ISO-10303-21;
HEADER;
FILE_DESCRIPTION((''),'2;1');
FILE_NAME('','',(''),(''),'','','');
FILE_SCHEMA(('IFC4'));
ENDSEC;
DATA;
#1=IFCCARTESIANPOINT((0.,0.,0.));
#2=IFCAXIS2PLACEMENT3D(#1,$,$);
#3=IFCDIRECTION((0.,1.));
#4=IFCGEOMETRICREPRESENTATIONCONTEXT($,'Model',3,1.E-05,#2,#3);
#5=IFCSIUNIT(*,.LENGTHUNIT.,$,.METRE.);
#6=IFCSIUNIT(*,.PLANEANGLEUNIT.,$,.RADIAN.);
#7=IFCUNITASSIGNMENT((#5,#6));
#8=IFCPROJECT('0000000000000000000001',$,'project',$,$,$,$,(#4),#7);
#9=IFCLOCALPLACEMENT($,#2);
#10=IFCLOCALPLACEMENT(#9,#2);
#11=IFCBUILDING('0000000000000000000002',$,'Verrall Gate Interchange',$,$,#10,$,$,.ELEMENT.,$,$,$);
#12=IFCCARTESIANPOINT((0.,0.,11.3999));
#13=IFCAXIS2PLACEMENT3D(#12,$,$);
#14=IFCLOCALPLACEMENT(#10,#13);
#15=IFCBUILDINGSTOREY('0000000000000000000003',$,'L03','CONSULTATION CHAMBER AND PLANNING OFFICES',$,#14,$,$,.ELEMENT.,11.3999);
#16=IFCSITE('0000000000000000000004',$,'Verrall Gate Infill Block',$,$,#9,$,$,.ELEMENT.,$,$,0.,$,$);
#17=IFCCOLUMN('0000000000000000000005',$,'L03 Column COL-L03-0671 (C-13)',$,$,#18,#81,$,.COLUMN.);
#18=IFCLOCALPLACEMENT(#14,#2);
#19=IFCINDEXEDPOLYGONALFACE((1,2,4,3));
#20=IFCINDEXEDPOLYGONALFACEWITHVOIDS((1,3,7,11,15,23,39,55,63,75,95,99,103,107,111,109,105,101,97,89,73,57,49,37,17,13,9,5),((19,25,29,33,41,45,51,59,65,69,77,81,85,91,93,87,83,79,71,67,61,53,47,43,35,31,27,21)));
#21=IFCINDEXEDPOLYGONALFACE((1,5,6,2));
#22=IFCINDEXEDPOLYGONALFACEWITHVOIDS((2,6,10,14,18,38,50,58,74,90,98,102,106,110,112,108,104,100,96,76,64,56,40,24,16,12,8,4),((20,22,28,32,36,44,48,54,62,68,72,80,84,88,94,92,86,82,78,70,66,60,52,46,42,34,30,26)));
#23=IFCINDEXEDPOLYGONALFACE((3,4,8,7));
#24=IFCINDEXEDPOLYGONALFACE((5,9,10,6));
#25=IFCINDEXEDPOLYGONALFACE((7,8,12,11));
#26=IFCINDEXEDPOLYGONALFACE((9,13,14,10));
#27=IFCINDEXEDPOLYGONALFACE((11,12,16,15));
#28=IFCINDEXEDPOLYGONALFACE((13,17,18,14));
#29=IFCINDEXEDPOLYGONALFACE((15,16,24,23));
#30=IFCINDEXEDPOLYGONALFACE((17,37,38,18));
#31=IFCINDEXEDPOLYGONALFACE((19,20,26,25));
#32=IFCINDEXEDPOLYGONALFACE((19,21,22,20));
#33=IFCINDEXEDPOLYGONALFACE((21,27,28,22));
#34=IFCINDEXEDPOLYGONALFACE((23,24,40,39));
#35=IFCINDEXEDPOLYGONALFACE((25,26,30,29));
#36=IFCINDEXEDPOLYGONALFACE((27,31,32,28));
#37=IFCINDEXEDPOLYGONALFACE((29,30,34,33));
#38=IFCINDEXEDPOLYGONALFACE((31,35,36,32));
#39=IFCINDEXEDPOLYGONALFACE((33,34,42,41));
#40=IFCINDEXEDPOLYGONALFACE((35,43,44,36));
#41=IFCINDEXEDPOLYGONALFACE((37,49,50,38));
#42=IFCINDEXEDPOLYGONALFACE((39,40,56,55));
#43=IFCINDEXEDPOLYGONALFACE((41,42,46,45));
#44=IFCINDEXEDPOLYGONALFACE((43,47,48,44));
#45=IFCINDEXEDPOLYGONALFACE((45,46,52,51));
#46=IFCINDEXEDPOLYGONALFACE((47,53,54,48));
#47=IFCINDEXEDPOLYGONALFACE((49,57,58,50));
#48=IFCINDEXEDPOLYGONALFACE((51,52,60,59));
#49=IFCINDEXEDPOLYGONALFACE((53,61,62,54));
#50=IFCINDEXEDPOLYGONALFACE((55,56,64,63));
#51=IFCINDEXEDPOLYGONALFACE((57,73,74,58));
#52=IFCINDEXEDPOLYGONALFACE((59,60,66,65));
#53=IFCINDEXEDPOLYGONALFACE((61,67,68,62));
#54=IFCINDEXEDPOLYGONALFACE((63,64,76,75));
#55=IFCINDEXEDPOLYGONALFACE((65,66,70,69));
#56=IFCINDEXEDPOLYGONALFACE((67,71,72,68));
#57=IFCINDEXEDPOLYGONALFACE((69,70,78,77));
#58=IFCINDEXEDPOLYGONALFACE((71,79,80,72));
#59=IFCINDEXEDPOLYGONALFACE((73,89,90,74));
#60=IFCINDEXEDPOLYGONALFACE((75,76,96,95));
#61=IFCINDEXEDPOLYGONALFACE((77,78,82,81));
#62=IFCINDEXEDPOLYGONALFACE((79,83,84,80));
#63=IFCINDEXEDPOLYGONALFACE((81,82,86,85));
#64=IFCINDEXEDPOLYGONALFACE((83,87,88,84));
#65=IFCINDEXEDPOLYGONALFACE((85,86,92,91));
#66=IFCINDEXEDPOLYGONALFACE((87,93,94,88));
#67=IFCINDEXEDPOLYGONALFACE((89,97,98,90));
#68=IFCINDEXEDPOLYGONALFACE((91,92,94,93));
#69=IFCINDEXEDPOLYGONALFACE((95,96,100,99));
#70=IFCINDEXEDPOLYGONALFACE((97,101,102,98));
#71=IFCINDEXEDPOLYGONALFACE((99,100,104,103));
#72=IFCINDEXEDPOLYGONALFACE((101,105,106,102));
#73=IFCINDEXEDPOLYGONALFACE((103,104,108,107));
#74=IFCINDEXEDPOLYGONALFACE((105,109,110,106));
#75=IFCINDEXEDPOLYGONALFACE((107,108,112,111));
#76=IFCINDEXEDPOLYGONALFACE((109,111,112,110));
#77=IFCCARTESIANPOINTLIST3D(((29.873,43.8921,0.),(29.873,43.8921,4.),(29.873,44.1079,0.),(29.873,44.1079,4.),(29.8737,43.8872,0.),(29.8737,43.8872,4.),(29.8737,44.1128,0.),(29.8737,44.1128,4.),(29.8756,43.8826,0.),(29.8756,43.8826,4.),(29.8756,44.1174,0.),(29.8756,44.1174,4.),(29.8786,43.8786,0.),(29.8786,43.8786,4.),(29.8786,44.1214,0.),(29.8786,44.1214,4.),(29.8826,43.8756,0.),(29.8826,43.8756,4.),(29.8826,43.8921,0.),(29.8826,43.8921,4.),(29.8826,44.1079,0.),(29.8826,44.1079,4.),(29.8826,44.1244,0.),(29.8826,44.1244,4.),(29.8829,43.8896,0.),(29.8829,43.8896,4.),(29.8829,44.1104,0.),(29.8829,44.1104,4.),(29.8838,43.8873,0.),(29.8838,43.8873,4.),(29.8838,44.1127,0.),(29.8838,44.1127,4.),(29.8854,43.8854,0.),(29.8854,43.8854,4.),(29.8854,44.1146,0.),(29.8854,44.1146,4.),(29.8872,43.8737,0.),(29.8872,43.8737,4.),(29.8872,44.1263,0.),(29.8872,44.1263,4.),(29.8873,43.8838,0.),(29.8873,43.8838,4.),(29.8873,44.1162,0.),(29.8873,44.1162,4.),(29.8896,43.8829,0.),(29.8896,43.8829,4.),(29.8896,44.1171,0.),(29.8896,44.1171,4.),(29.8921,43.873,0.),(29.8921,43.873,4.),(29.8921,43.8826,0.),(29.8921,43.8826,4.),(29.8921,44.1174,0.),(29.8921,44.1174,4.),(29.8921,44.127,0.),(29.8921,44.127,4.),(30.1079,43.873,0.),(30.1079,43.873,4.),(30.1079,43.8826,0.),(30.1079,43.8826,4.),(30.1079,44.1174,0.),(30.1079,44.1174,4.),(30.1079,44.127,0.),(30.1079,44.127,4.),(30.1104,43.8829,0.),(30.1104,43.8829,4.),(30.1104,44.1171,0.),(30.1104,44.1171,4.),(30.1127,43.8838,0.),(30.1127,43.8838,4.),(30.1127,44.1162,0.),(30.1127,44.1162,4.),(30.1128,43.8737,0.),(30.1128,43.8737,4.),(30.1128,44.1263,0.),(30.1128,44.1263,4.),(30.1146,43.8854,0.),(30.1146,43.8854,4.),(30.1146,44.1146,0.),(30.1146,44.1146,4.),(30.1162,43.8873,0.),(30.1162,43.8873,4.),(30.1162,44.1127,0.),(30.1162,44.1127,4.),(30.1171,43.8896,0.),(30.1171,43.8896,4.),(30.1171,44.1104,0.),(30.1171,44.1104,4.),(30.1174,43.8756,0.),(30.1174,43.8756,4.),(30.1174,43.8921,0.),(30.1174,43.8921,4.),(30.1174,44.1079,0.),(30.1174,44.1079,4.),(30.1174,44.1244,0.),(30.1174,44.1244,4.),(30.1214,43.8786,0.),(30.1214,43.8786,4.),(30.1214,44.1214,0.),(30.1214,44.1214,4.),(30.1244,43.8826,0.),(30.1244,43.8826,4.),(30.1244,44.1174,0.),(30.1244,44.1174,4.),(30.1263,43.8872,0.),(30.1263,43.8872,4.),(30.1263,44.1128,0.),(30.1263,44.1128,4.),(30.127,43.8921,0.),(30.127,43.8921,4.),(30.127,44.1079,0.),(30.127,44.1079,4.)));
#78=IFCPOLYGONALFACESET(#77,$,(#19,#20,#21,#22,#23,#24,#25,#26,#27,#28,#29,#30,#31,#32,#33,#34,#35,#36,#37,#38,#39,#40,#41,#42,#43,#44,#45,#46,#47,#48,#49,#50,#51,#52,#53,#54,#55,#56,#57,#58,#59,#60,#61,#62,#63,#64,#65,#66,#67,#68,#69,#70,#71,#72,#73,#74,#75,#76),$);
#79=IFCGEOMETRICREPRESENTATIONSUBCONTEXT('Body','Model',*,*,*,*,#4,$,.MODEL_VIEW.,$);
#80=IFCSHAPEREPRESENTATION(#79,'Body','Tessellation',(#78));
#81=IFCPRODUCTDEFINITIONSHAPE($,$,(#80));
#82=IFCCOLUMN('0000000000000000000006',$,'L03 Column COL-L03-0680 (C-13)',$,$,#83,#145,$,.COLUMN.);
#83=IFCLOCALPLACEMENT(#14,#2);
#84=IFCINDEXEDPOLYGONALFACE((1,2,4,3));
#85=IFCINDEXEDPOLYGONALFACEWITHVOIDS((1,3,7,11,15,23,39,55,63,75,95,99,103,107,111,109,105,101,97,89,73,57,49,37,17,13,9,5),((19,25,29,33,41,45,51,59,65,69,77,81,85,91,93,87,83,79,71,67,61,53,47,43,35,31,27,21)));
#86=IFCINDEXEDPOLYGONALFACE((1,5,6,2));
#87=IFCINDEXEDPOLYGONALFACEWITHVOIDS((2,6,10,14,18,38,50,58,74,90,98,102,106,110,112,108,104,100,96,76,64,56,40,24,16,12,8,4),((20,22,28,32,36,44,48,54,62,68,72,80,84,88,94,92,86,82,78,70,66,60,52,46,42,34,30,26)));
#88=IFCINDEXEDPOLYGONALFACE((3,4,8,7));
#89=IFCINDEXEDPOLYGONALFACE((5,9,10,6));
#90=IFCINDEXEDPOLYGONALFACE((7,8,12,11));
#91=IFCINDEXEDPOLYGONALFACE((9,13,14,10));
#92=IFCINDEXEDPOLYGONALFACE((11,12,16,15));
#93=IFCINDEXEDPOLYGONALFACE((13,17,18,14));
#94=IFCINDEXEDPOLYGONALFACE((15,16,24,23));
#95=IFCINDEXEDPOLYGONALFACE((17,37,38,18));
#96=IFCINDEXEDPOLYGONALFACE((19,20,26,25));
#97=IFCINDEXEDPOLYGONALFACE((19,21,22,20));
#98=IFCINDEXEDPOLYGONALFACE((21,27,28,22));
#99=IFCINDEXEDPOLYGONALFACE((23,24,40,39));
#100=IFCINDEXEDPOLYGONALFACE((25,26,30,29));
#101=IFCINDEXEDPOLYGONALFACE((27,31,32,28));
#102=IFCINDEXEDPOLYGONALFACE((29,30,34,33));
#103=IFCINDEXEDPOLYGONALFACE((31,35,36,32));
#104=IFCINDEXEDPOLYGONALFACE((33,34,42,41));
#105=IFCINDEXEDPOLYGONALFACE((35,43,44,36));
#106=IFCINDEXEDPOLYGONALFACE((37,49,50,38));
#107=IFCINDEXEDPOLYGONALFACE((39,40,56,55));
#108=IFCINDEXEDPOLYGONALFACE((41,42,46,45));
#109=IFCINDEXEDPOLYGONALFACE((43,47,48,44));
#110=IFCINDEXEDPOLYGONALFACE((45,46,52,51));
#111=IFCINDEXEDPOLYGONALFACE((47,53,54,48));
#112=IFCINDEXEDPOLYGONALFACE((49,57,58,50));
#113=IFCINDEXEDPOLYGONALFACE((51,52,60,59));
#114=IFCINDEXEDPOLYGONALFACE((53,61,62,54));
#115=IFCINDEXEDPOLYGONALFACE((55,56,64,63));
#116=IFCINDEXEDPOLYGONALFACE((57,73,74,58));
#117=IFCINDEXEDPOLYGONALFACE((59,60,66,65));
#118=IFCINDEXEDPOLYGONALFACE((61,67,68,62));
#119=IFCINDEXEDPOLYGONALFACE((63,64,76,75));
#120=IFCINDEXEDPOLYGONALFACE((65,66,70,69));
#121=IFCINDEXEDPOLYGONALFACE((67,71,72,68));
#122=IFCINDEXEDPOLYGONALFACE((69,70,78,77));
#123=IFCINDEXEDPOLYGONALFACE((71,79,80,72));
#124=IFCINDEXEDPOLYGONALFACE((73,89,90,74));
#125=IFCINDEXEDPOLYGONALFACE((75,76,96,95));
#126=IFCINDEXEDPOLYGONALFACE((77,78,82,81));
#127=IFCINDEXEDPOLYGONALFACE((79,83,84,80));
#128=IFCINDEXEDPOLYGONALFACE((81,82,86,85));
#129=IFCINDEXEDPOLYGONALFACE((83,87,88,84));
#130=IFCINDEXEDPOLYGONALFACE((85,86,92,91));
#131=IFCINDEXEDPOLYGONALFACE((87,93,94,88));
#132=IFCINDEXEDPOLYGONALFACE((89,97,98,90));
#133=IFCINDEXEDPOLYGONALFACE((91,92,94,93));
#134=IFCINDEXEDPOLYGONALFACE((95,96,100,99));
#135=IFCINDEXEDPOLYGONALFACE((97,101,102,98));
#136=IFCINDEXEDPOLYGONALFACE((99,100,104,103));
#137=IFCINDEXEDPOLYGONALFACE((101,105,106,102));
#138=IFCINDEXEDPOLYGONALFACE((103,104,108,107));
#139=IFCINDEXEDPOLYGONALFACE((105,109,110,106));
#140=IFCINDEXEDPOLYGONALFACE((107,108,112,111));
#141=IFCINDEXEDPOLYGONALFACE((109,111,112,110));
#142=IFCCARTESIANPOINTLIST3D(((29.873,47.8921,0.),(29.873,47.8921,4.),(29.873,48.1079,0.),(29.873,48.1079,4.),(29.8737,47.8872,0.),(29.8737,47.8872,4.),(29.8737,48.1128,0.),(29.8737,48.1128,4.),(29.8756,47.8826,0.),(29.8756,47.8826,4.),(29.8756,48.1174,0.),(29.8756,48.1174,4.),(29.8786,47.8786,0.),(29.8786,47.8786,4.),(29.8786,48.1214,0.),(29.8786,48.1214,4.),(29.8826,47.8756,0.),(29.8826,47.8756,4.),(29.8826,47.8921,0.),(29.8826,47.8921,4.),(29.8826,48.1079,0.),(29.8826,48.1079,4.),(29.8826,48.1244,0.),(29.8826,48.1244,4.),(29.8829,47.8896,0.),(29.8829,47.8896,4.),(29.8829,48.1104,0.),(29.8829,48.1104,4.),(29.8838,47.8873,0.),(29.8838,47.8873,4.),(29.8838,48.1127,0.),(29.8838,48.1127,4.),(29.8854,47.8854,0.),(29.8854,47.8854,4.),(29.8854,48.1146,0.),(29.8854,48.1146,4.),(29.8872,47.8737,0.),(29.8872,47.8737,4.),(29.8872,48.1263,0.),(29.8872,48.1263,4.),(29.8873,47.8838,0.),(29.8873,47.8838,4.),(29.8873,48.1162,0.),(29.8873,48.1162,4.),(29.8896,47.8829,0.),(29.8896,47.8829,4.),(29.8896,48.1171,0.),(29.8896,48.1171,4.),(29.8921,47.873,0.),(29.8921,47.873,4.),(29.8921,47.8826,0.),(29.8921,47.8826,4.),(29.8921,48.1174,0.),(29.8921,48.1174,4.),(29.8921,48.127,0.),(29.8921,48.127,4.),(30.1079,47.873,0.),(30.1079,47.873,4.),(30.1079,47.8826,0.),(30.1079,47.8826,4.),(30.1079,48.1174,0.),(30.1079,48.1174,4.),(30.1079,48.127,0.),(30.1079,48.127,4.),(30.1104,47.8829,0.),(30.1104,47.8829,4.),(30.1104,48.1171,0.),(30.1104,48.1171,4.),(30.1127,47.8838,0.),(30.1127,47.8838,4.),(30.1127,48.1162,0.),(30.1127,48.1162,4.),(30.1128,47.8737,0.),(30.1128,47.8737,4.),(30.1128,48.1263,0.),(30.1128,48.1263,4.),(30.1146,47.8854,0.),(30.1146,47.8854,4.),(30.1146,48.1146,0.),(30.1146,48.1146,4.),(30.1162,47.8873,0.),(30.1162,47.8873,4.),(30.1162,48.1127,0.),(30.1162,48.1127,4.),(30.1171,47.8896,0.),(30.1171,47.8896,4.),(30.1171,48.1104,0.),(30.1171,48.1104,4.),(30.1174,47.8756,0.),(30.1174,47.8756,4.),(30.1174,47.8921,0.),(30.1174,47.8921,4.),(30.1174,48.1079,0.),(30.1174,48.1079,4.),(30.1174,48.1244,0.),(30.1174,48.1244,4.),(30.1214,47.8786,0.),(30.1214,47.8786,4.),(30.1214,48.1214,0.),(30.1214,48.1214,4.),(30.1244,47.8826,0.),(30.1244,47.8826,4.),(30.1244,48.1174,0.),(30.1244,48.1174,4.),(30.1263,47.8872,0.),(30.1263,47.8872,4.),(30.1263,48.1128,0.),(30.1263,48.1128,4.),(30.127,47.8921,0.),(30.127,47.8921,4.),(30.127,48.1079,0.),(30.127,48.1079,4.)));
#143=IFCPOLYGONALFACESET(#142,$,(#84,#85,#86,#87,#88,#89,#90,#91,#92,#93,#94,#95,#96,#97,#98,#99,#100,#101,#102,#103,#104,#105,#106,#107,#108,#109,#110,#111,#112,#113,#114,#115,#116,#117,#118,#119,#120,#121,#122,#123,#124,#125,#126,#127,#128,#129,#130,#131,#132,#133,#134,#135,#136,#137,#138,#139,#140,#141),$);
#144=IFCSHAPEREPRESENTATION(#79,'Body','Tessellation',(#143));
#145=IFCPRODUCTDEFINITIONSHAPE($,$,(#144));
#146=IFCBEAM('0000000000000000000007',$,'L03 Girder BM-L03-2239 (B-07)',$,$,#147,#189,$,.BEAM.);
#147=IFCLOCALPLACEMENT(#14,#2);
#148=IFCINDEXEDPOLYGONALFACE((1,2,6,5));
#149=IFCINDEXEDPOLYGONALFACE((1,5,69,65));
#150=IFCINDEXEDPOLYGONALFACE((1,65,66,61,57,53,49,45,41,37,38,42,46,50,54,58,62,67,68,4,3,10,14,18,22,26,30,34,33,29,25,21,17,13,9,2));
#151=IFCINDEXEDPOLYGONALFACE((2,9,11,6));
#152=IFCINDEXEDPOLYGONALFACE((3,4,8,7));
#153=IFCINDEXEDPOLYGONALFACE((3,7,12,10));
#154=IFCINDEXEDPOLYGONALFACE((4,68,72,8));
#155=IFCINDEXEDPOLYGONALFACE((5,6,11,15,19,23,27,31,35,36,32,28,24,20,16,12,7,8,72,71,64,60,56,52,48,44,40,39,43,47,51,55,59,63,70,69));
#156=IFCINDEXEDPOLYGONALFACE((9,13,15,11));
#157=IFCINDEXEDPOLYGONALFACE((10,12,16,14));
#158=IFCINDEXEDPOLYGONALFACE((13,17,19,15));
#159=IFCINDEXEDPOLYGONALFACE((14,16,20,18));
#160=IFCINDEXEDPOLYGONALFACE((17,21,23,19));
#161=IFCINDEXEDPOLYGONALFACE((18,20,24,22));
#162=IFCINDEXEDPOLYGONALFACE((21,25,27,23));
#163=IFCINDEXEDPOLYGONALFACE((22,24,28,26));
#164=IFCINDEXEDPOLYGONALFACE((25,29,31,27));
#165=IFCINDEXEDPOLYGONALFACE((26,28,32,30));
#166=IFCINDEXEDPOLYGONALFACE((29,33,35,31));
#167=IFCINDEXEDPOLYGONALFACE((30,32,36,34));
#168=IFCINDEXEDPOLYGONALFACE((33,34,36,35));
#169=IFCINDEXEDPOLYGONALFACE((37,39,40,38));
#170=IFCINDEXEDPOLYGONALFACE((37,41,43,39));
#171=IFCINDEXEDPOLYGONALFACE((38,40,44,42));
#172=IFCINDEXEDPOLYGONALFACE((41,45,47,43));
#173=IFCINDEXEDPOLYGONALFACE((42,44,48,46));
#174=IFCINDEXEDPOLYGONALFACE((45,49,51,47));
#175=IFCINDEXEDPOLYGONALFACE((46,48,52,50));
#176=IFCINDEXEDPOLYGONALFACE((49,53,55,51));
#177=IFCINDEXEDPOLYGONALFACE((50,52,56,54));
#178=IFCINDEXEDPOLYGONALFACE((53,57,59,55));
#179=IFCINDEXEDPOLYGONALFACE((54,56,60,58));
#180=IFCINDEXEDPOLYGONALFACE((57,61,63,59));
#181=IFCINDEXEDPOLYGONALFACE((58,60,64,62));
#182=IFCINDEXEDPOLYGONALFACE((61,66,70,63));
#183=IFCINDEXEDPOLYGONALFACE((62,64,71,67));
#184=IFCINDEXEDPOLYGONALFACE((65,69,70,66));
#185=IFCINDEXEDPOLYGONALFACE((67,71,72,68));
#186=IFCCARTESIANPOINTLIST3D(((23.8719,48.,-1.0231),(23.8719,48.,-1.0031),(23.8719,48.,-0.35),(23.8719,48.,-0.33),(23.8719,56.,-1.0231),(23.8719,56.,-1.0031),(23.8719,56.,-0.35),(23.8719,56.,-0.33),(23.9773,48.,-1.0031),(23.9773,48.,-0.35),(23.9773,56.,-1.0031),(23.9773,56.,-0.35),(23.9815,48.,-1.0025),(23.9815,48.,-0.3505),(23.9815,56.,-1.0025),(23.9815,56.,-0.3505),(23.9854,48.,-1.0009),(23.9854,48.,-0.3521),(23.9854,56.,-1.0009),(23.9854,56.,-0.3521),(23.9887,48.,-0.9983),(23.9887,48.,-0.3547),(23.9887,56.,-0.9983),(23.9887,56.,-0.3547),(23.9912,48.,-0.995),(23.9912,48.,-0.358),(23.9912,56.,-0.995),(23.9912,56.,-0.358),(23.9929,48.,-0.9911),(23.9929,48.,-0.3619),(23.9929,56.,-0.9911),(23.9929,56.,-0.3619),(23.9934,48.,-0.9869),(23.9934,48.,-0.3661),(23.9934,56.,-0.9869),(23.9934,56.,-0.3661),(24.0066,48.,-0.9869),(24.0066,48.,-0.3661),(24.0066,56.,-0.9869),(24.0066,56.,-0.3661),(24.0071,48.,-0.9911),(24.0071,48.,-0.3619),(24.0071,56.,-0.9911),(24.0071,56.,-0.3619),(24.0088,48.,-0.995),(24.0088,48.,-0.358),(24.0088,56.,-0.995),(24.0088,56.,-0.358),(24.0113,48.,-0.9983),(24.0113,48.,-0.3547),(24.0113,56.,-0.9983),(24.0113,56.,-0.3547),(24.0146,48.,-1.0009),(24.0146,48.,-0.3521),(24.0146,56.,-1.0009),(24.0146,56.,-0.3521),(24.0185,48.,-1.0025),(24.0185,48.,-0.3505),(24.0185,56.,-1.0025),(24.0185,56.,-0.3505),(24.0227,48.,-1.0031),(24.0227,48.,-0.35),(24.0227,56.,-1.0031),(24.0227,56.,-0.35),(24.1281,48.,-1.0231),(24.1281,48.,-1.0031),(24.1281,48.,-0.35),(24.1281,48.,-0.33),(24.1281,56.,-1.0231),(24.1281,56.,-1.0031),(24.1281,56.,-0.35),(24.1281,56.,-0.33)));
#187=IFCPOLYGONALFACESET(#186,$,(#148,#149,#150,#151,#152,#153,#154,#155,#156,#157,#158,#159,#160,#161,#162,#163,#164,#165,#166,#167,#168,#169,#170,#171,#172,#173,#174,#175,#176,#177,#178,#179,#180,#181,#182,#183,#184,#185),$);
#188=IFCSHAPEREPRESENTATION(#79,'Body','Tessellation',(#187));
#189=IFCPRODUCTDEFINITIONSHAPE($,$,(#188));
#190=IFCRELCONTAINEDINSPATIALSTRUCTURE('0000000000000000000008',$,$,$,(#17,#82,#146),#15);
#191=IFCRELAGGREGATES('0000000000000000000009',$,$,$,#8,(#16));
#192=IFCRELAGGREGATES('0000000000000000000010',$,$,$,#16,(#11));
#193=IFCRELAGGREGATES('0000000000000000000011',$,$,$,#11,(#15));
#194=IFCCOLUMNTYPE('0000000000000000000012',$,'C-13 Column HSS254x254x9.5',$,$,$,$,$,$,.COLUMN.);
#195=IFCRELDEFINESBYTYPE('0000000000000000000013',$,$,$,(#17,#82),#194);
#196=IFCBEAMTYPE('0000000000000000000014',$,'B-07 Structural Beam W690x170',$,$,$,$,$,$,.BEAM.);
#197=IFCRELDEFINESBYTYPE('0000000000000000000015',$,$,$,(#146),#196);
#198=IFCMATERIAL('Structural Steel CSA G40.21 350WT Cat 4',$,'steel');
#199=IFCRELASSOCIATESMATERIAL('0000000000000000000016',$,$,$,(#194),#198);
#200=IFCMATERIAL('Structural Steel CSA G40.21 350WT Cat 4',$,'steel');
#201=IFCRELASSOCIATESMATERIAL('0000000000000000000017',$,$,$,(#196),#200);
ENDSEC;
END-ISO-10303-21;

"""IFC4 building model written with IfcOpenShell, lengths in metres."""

from ifc_helpers import new_model, si_unit, direction, frame, origin, origin_2d, place, context, subcontext, project, spatial, hollow_rectangle, i_section, extrude, material, material_profile, profile_set, type_object, element, save


model = new_model("IFC4")

# Units and contexts
model_context = context("Model", 3, precision=1e-05, world=origin(), true_north=direction((0.0, 1.0)))
body_context = subcontext(model_context, "Body", "Model", "MODEL_VIEW")
ifc_project = project(units=[si_unit("LENGTHUNIT", "METRE"), si_unit("PLANEANGLEUNIT", "RADIAN")], contexts=[model_context])

# Site, building, storey
site_placement = place(None, origin())
site = spatial("IfcSite", under=ifc_project, at=site_placement, Name="Verrall Gate Infill Block", CompositionType="ELEMENT", RefElevation=0.0)
building_placement = place(site_placement, origin())
building = spatial("IfcBuilding", under=site, at=building_placement, Name="Verrall Gate Interchange", CompositionType="ELEMENT")
storey_placement = place(building_placement, frame((0.0, 0.0, 11.3999)))
storey = spatial("IfcBuildingStorey", under=building, at=storey_placement, Name="L03", Description="CONSULTATION CHAMBER AND PLANNING OFFICES", CompositionType="ELEMENT", Elevation=11.3999)

# Columns
ifc_material_1 = material(Name="Structural Steel CSA G40.21 350WT Cat 4", Category="steel")
ifc_material_profile_1 = material_profile(ifc_material_1, hollow_rectangle(XDim=0.2539, YDim=0.2539, WallThickness=0.0095, InnerFilletRadius=0.0095, OuterFilletRadius=0.019, at=origin_2d()), Name="HSS254x254x9.5")
ifc_profile_set_1 = profile_set([ifc_material_profile_1], Name="Structural Steel CSA G40.21 350WT Cat 4")
column_type_1 = type_object("IfcColumnType", Name="C-13 Column HSS254x254x9.5", PredefinedType="COLUMN", material=ifc_profile_set_1)
for number, where, z_axis, x_axis, name in (
    (1, (30.0, 44.0, 0.0), (0.0, 0.0, 1.0), (1.0, 0.0, 0.0), "L03 Column COL-L03-0671 (C-13)"),
    (2, (30.0, 48.0, 0.0), (0.0, 0.0, 1.0), (1.0, 0.0, 0.0), "L03 Column COL-L03-0680 (C-13)"),
):
    element("IfcColumn", number, at=place(storey_placement, frame(where, z_axis=z_axis, x_axis=x_axis)), inside=storey, type_object=column_type_1, Name=name, PredefinedType="COLUMN", context=body_context, shape_type="SweptSolid", body=[
        extrude(hollow_rectangle(XDim=0.2539, YDim=0.2539, WallThickness=0.0095, InnerFilletRadius=0.0095, OuterFilletRadius=0.019, at=origin_2d()), origin(), (0.0, 0.0, 1.0), 4.0),
    ])

# Beam
ifc_material_2 = material(Name="Structural Steel CSA G40.21 350WT Cat 4", Category="steel")
ifc_material_profile_2 = material_profile(ifc_material_2, i_section(OverallWidth=0.2561, OverallDepth=0.6931, WebThickness=0.0132, FlangeThickness=0.02, FilletRadius=0.0161, at=origin_2d()), Name="W690x170")
ifc_profile_set_2 = profile_set([ifc_material_profile_2], Name="Structural Steel CSA G40.21 350WT Cat 4")
beam_type_1 = type_object("IfcBeamType", Name="B-07 Structural Beam W690x170", PredefinedType="BEAM", material=ifc_profile_set_2)
for number, where, z_axis, x_axis, name in (
    (3, (24.0, 48.0, -0.6765), (0.0, 1.0, 0.0), (-1.0, 0.0, 0.0), "L03 Girder BM-L03-2239 (B-07)"),
):
    element("IfcBeam", number, at=place(storey_placement, frame(where, z_axis=z_axis, x_axis=x_axis)), inside=storey, type_object=beam_type_1, Name=name, PredefinedType="BEAM", context=body_context, shape_type="SweptSolid", body=[
        extrude(i_section(OverallWidth=0.2561, OverallDepth=0.6931, WebThickness=0.0132, FlangeThickness=0.02, FilletRadius=0.0161, at=origin_2d()), origin(), (0.0, 0.0, 1.0), 8.0),
    ])

save(model, "model.ifc")
